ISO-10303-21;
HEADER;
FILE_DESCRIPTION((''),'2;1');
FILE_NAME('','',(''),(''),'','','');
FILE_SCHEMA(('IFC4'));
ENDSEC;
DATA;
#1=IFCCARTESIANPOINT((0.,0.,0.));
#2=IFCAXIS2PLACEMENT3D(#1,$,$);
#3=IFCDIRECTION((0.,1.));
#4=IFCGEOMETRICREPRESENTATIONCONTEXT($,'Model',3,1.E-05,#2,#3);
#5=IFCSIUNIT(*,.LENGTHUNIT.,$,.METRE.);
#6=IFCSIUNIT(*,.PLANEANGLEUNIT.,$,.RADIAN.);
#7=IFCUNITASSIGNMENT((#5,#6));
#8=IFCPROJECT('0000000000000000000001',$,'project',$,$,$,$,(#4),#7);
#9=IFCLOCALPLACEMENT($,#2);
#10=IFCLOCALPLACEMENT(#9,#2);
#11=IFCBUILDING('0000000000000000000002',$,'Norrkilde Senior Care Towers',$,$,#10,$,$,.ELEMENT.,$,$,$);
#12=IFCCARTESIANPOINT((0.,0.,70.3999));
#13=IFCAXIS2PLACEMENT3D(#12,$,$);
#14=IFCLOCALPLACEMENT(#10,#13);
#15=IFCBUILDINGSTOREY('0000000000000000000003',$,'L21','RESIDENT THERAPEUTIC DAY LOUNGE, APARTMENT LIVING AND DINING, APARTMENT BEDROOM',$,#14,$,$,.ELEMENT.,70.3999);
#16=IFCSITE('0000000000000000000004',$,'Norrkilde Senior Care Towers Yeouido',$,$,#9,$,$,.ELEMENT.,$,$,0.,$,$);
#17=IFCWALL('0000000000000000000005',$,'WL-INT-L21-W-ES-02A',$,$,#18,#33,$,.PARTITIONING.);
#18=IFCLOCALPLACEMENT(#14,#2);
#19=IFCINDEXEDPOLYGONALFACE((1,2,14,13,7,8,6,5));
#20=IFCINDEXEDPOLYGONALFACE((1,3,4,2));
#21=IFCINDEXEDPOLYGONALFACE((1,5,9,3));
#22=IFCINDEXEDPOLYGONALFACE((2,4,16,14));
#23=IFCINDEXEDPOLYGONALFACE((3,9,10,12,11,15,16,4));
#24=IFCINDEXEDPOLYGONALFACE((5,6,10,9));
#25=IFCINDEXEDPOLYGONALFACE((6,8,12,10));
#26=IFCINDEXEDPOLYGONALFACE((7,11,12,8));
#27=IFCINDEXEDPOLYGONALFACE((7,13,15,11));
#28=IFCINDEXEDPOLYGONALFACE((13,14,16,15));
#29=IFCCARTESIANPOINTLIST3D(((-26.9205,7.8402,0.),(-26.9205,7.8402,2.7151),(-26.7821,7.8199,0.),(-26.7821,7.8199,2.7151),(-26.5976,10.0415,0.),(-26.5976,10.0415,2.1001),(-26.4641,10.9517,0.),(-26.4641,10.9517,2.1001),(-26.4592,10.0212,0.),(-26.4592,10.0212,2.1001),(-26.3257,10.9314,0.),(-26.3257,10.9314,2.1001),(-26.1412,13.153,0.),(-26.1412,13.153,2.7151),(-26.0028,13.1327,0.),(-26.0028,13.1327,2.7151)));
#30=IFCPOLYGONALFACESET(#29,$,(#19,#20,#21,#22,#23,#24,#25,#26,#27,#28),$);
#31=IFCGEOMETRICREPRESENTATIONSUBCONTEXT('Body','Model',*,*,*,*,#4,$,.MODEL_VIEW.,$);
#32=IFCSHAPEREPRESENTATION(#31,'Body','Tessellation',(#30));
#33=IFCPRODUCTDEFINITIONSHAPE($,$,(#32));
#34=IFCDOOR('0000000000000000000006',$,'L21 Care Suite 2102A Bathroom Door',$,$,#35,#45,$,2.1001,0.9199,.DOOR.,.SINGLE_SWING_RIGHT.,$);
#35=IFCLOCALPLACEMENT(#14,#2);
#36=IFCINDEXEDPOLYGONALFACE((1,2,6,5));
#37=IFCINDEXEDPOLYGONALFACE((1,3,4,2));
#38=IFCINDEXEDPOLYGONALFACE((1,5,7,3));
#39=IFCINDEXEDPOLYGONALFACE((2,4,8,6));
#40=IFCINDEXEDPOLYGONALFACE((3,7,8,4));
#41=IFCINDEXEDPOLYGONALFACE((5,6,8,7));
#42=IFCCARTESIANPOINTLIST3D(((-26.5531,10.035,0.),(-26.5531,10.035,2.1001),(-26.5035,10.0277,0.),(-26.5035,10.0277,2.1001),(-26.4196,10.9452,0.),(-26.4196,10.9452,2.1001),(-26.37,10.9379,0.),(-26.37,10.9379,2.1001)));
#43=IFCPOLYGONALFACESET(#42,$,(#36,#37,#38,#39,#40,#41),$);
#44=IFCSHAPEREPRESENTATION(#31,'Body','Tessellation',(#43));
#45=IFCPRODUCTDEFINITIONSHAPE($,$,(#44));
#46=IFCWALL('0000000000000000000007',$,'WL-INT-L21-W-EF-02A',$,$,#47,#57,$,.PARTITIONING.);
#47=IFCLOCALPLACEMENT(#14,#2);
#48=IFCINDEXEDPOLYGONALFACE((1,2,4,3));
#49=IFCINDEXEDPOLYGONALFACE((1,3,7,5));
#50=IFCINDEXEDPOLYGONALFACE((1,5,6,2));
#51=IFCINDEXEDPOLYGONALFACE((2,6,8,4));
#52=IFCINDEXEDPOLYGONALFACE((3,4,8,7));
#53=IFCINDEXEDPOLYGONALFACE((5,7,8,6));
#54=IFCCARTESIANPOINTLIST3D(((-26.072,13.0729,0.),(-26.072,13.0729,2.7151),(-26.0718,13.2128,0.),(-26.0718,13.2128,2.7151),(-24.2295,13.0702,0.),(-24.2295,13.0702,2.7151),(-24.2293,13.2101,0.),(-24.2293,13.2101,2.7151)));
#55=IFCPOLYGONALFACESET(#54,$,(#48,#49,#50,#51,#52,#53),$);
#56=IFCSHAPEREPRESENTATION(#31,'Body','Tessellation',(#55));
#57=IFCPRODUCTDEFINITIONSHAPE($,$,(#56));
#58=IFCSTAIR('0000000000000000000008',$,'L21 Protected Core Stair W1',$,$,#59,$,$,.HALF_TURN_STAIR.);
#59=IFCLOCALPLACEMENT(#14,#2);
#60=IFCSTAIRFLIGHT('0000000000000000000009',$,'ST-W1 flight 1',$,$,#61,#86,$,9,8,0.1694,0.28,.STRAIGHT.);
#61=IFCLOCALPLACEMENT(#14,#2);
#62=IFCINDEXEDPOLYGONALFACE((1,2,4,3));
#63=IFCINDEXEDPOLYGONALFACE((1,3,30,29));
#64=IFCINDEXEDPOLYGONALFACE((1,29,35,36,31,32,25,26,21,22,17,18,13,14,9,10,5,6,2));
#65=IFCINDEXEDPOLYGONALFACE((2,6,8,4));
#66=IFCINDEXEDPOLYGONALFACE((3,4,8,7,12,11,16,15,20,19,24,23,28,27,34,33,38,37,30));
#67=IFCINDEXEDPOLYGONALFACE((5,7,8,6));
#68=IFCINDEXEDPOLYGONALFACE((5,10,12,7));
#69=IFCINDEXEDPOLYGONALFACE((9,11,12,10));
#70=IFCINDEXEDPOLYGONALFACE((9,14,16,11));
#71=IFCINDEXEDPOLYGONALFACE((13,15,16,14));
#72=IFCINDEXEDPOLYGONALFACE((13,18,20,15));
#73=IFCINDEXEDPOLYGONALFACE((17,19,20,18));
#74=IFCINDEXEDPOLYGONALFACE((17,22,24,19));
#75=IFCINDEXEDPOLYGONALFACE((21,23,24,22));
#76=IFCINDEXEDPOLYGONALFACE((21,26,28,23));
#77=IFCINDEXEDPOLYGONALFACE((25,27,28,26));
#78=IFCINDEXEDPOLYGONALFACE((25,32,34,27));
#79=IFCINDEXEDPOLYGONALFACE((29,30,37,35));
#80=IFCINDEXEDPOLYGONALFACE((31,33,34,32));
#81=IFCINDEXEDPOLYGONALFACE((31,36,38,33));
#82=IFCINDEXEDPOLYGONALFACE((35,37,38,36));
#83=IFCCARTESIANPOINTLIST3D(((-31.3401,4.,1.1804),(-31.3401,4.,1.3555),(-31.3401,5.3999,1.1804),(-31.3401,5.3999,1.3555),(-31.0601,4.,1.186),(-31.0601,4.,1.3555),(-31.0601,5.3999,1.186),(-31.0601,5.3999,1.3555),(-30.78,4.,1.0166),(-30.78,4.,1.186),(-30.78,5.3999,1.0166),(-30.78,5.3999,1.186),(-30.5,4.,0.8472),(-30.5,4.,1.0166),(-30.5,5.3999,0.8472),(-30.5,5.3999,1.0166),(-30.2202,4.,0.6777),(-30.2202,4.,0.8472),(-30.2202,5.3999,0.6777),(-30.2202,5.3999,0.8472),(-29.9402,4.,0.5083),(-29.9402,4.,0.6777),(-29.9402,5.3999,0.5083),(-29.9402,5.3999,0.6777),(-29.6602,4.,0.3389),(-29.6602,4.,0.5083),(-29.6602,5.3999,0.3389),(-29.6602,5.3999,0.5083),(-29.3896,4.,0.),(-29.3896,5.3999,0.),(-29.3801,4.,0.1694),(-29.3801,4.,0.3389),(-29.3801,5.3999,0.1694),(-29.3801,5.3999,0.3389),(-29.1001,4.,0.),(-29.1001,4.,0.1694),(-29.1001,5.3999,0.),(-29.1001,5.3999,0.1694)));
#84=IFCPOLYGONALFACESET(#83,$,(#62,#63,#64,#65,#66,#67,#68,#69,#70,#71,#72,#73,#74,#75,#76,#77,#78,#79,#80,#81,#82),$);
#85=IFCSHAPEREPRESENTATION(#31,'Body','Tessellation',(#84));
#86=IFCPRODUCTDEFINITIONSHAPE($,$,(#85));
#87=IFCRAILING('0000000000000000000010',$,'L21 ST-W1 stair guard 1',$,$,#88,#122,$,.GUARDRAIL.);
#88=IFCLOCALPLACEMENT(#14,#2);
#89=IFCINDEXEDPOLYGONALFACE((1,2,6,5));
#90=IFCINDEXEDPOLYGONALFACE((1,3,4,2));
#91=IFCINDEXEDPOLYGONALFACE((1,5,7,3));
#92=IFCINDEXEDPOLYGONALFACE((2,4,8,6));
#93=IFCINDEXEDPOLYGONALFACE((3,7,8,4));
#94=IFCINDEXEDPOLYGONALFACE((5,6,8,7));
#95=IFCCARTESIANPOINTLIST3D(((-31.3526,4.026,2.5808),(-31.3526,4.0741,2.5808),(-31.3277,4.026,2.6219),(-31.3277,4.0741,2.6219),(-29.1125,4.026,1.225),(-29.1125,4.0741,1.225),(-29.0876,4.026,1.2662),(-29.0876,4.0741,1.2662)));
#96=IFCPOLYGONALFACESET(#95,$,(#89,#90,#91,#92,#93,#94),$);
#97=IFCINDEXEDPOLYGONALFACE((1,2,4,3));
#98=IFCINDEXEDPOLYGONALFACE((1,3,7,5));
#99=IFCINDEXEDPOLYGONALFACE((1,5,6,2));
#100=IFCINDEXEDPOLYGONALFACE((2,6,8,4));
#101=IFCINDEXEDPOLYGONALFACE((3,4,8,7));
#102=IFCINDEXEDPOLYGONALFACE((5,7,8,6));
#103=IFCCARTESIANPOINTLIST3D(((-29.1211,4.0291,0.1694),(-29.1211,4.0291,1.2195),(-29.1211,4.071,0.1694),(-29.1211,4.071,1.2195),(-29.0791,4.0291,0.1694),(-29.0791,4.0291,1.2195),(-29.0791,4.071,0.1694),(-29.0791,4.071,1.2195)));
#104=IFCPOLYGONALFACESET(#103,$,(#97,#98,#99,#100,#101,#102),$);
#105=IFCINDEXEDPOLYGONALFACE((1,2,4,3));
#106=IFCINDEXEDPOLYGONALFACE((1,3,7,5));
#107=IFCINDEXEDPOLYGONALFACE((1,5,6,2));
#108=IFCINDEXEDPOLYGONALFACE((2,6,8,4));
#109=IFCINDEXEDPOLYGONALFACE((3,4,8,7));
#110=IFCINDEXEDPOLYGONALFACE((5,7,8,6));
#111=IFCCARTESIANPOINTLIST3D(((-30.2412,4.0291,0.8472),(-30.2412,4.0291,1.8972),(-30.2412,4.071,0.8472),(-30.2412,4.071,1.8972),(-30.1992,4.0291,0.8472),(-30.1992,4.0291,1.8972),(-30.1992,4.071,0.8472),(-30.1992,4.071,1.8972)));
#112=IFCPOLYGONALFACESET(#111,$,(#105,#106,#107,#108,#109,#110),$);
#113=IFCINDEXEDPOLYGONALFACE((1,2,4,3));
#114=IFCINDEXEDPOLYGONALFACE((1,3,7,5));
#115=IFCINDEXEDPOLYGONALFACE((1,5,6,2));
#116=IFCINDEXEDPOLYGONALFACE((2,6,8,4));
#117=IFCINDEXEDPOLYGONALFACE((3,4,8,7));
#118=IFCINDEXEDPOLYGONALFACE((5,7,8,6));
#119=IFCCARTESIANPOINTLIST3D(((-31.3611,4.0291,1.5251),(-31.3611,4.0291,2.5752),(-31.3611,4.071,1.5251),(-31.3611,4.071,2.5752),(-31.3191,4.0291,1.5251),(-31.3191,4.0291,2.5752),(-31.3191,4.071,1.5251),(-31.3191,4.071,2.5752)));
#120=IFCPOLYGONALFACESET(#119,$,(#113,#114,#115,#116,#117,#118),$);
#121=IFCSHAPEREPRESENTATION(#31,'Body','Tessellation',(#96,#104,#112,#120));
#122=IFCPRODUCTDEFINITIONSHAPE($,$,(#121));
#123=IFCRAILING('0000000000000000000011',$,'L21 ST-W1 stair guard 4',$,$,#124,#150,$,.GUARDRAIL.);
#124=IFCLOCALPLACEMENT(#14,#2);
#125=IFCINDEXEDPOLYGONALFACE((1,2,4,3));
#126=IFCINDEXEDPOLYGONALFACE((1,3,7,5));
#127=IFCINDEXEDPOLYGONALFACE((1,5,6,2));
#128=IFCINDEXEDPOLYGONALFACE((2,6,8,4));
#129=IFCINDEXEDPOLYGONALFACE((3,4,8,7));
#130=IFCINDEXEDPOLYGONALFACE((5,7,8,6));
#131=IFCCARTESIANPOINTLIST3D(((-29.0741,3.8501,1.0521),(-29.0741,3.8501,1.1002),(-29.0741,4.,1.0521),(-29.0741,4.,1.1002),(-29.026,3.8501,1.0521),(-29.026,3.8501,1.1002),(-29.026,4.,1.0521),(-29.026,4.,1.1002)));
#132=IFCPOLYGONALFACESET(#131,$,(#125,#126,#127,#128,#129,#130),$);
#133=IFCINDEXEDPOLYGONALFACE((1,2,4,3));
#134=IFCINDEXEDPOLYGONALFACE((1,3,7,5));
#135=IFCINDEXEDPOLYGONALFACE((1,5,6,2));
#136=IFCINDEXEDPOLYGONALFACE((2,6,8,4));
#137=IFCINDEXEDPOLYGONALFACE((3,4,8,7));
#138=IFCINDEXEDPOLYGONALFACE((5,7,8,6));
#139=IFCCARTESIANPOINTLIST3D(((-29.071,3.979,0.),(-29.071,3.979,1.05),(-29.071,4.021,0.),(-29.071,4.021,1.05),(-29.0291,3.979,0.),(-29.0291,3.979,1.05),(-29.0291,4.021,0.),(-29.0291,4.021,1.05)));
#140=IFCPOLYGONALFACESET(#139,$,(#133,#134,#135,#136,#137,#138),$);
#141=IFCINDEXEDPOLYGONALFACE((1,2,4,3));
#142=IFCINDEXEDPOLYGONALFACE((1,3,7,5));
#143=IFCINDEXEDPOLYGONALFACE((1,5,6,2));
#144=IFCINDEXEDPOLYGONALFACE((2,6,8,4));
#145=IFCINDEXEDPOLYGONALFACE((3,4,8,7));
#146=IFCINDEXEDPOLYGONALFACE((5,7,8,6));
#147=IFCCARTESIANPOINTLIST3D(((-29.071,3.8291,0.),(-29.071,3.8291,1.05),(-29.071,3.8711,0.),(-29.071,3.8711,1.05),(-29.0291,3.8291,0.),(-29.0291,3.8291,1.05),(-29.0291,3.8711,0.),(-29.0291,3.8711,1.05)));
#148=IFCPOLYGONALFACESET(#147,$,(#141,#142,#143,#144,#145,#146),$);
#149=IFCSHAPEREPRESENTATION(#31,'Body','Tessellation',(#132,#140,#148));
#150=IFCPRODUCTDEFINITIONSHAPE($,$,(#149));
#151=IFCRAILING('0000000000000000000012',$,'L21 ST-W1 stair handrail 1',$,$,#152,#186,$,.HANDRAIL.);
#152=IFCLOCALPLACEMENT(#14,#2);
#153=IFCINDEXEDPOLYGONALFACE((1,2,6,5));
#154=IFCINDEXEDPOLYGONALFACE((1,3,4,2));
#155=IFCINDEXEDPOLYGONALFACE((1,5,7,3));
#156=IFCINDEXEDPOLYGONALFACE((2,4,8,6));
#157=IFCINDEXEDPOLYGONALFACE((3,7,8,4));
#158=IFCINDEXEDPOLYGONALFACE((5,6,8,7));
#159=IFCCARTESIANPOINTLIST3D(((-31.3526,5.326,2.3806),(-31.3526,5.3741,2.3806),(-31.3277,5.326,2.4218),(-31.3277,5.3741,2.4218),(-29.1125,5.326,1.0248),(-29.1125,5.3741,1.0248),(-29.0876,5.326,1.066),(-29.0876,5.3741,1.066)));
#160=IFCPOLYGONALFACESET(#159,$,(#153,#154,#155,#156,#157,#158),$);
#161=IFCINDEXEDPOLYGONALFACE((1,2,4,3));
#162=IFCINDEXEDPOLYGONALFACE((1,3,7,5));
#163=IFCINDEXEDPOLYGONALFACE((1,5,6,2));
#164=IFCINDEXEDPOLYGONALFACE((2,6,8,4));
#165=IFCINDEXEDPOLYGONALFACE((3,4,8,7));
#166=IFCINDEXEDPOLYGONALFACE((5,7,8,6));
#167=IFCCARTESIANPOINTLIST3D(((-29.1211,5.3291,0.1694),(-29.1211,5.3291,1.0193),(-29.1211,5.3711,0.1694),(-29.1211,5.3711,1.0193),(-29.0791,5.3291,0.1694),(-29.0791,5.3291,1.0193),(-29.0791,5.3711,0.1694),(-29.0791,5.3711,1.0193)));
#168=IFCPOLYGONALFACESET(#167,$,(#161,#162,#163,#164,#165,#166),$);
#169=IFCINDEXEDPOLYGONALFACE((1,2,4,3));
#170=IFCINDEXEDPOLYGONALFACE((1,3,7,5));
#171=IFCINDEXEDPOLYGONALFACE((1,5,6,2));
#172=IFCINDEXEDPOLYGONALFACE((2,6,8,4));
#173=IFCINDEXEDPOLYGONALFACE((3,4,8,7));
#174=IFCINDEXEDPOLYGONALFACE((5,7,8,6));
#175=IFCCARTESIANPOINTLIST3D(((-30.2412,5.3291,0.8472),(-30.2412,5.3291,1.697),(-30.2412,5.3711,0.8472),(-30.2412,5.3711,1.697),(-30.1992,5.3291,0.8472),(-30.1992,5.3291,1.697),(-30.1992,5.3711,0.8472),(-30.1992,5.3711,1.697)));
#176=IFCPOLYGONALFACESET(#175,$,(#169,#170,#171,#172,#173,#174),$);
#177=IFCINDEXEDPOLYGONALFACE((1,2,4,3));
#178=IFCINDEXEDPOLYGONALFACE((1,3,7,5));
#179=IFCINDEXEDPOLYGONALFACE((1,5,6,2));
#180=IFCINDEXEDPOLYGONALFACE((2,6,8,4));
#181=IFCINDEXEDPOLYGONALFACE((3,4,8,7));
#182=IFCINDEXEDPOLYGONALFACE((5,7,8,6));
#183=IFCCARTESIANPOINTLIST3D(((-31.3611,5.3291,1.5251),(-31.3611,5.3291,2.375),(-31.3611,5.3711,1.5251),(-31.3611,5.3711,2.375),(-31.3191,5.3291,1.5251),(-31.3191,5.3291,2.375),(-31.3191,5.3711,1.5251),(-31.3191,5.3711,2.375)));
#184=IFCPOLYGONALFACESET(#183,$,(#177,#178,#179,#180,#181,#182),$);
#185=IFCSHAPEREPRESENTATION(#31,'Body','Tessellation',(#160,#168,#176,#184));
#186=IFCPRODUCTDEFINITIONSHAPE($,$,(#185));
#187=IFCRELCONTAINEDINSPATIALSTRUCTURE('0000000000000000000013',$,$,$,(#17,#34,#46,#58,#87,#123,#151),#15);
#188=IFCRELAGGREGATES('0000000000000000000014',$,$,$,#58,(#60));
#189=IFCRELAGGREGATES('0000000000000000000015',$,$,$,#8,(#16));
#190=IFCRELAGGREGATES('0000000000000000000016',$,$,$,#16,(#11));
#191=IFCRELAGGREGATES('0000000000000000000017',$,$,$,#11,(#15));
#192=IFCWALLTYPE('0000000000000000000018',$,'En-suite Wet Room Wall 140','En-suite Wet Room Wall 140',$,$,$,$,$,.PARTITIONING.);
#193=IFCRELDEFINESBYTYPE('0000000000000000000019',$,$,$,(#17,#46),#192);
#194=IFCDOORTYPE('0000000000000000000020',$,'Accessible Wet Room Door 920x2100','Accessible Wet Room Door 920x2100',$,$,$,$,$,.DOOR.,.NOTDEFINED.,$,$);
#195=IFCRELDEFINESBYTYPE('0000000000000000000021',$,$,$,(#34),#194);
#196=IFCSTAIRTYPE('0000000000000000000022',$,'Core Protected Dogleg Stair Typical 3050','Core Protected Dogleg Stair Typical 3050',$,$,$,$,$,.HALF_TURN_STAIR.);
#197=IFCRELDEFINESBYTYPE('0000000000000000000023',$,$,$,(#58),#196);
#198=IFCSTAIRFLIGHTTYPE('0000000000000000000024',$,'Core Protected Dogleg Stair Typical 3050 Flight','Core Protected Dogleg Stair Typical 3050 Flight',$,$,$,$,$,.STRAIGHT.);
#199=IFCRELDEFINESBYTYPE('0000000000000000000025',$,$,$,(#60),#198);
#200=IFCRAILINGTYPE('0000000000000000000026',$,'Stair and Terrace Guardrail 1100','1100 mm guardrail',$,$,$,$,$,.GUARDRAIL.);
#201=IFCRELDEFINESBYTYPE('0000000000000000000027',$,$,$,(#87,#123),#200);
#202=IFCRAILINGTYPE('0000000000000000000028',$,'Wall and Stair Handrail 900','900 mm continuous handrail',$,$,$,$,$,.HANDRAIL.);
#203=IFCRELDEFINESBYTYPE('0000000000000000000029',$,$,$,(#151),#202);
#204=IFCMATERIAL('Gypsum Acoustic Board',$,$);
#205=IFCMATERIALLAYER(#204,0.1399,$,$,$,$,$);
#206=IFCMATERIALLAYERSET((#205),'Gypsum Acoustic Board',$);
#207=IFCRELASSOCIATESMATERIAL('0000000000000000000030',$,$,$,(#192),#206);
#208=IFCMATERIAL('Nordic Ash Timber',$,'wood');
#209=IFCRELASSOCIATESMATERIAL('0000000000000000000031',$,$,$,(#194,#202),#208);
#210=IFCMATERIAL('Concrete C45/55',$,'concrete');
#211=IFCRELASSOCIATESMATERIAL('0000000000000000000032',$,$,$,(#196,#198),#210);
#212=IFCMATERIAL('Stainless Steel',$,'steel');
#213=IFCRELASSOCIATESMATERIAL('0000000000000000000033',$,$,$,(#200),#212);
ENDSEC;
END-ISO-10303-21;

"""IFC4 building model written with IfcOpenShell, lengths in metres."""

from ifc_helpers import new_model, si_unit, direction, frame, frame_2d, origin, origin_2d, place, context, subcontext, project, spatial, polyline, rectangle, outline, extrude, source, transform, mapped, material, layer, layer_set, type_object, type_shapes, element, fill, aggregate, save


model = new_model("IFC4")

# Units and contexts
model_context = context("Model", 3, precision=1e-05, world=origin(), true_north=direction((0.0, 1.0)))
body_context = subcontext(model_context, "Body", "Model", "MODEL_VIEW")
ifc_project = project(units=[si_unit("LENGTHUNIT", "METRE"), si_unit("PLANEANGLEUNIT", "RADIAN")], contexts=[model_context])

# Site, building, storey
site_placement = place(None, origin())
site = spatial("IfcSite", under=ifc_project, at=site_placement, Name="Norrkilde Senior Care Towers Yeouido", CompositionType="ELEMENT", RefElevation=0.0)
building_placement = place(site_placement, origin())
building = spatial("IfcBuilding", under=site, at=building_placement, Name="Norrkilde Senior Care Towers", CompositionType="ELEMENT")
storey_placement = place(building_placement, frame((0.0, 0.0, 70.3999)))
storey = spatial("IfcBuildingStorey", under=building, at=storey_placement, Name="L21", Description="RESIDENT THERAPEUTIC DAY LOUNGE, APARTMENT LIVING AND DINING, APARTMENT BEDROOM", CompositionType="ELEMENT", Elevation=70.3999)

# Shared definitions
ifc_material_1 = material(Name="Concrete C45/55", Category="concrete")

# Shared definitions
ifc_material_2 = material(Name="Stainless Steel", Category="steel")

# Shared definitions
ifc_material_3 = material(Name="Gypsum Acoustic Board")

# Shared definitions
ifc_layer_1 = layer(ifc_material_3, 0.1399)
ifc_layer_set_1 = layer_set([ifc_layer_1], Name="Gypsum Acoustic Board")
wall_type_1 = type_object("IfcWallType", Name="En-suite Wet Room Wall 140", Description="En-suite Wet Room Wall 140", PredefinedType="PARTITIONING", material=ifc_layer_set_1)
ifc_material_4 = material(Name="Nordic Ash Timber", Category="wood")
door_type_1 = type_object("IfcDoorType", Name="Accessible Wet Room Door 920x2100", Description="Accessible Wet Room Door 920x2100", OperationType="NOTDEFINED", PredefinedType="DOOR", material=ifc_material_4)
shared_shape_1 = source(origin(), body_context, "Body", "SweptSolid", [
    extrude(rectangle(XDim=0.9199, YDim=2.1001, at=frame_2d((0.46, 1.05))), frame((0.0, 0.0249, 0.0), z_axis=(0.0, -1.0, 0.0), x_axis=(1.0, 0.0, 0.0)), (0.0, 0.0, 1.0), 0.05),
])
type_shapes(door_type_1, [shared_shape_1])

# Wall, opening, door
shared_shape_2 = source(origin(), body_context, "Body", "SweptSolid", [
    extrude(rectangle(XDim=5.3696, YDim=0.1399, at=frame_2d((2.6848, 0.0))), origin(), (0.0, 0.0, 1.0), 2.7151),
])
wall_1_placement = place(storey_placement, frame((-26.8513, 7.8301, 0.0), z_axis=(0.0, 0.0, 1.0), x_axis=(0.145131, 0.989412, 0.0)))
wall_1 = element("IfcWall", 1, at=wall_1_placement, inside=storey, type_object=wall_type_1, Name="WL-INT-L21-W-ES-02A", PredefinedType="PARTITIONING", context=body_context, shape_type="MappedRepresentation", body=[
    mapped(shared_shape_2, transform((0.0, 0.0, 0.0), x_axis=(1.0, 0.0, 0.0), y_axis=(0.0, 1.0, 0.0), z_axis=(0.0, 0.0, 1.0), scale=1.0)),
])
opening_1_placement = place(wall_1_placement, frame((2.2249, 0.0, 0.0)))
opening_1 = element("IfcOpeningElement", 2, at=opening_1_placement, cuts=wall_1, PredefinedType="OPENING", context=body_context, shape_type="SweptSolid", body=[
    extrude(rectangle(XDim=0.9199, YDim=2.1001, at=frame_2d((0.46, 1.05))), frame((0.0, 0.0798, 0.0), z_axis=(0.0, -1.0, 0.0), x_axis=(1.0, 0.0, 0.0)), (0.0, 0.0, 1.0), 0.1599),
])
door_1_placement = place(opening_1_placement, origin())
door_1 = element("IfcDoor", 3, at=door_1_placement, inside=storey, type_object=door_type_1, Name="L21 Care Suite 2102A Bathroom Door", OperationType="SINGLE_SWING_RIGHT", OverallHeight=2.1001, OverallWidth=0.9199, PredefinedType="DOOR", context=body_context, shape_type="MappedRepresentation", body=[
    mapped(shared_shape_1, transform((0.0, 0.0, 0.0), x_axis=(1.0, 0.0, 0.0), y_axis=(0.0, 1.0, 0.0), z_axis=(0.0, 0.0, 1.0), scale=1.0)),
])
fill(opening_1, door_1)

# Wall
shared_shape_3 = source(origin(), body_context, "Body", "SweptSolid", [
    extrude(rectangle(XDim=1.8425, YDim=0.1399, at=frame_2d((0.9214, 0.0))), origin(), (0.0, 0.0, 1.0), 2.7151),
])
wall_2_placement = place(storey_placement, frame((-26.072, 13.1428, 0.0), z_axis=(0.0, 0.0, 1.0), x_axis=(0.999999, -0.001458, 0.0)))
element("IfcWall", 4, at=wall_2_placement, inside=storey, type_object=wall_type_1, Name="WL-INT-L21-W-EF-02A", PredefinedType="PARTITIONING", context=body_context, shape_type="MappedRepresentation", body=[
    mapped(shared_shape_3, transform((0.0, 0.0, 0.0), x_axis=(1.0, 0.0, 0.0), y_axis=(0.0, 1.0, 0.0), z_axis=(0.0, 0.0, 1.0), scale=1.0)),
])

# Stair, stair flight
stair_type = type_object("IfcStairType", Name="Core Protected Dogleg Stair Typical 3050", Description="Core Protected Dogleg Stair Typical 3050", PredefinedType="HALF_TURN_STAIR", material=ifc_material_1)
stair_placement = place(storey_placement, origin())
stair = element("IfcStair", 5, at=stair_placement, inside=storey, type_object=stair_type, Name="L21 Protected Core Stair W1", PredefinedType="HALF_TURN_STAIR")
stair_flight_type = type_object("IfcStairFlightType", Name="Core Protected Dogleg Stair Typical 3050 Flight", Description="Core Protected Dogleg Stair Typical 3050 Flight", PredefinedType="STRAIGHT", material=ifc_material_1)
stair_flight_placement = place(storey_placement, frame((-29.1001, 4.7, 0.0), z_axis=(0.0, 0.0, 1.0), x_axis=(-1.0, 0.0, 0.0)))
stair_flight = element("IfcStairFlight", 6, at=stair_flight_placement, type_object=stair_flight_type, Name="ST-W1 flight 1", NumberOfRisers=9, NumberOfTreads=8, PredefinedType="STRAIGHT", RiserHeight=0.1694, TreadLength=0.28, context=body_context, shape_type="SweptSolid", body=[
    extrude(outline(polyline([(0.0, 0.0), (0.0, 0.1694), (0.28, 0.1694), (0.28, 0.3389), (0.5601, 0.3389), (0.5601, 0.5083), (0.8401, 0.5083), (0.8401, 0.6777), (1.1201, 0.6777), (1.1201, 0.8472), (1.3999, 0.8472), (1.3999, 1.0166), (1.6799, 1.0166), (1.6799, 1.186), (1.96, 1.186), (1.96, 1.3555), (2.24, 1.3555), (2.24, 1.5249), (2.24, 1.1804), (0.2896, 0.0), (0.0, 0.0)])), frame((0.0, 0.7, 0.0), z_axis=(0.0, -1.0, 0.0), x_axis=(1.0, 0.0, 0.0)), (0.0, 0.0, 1.0), 1.3999),
])
aggregate(stair, [stair_flight])

# Railings
railing_type_1 = type_object("IfcRailingType", Name="Stair and Terrace Guardrail 1100", Description="1100 mm guardrail", PredefinedType="GUARDRAIL", material=ifc_material_2)
railing_1_placement = place(storey_placement, frame((-29.1001, 4.05, 0.1694)))
element("IfcRailing", 7, at=railing_1_placement, inside=storey, type_object=railing_type_1, Name="L21 ST-W1 stair guard 1", PredefinedType="GUARDRAIL", context=body_context, shape_type="SweptSolid", body=[
    extrude(rectangle(XDim=0.0481, YDim=0.0481, at=origin_2d()), frame((0.0, 0.0, 1.0762), z_axis=(-0.855512, 0.0, 0.517783), x_axis=(0.0, -1.0, 0.0)), (0.0, 0.0, 1.0), 2.6184),
    extrude(rectangle(XDim=0.042, YDim=0.042, at=origin_2d()), origin(), (0.0, 0.0, 1.0), 1.05),
    extrude(rectangle(XDim=0.042, YDim=0.042, at=origin_2d()), frame((-1.1201, 0.0, 0.6777)), (0.0, 0.0, 1.0), 1.05),
    extrude(rectangle(XDim=0.042, YDim=0.042, at=origin_2d()), frame((-2.24, 0.0, 1.3557)), (0.0, 0.0, 1.0), 1.05),
])
railing_2_placement = place(storey_placement, frame((-29.05, 4.0, 0.0)))
element("IfcRailing", 8, at=railing_2_placement, inside=storey, type_object=railing_type_1, Name="L21 ST-W1 stair guard 4", PredefinedType="GUARDRAIL", context=body_context, shape_type="SweptSolid", body=[
    extrude(rectangle(XDim=0.0481, YDim=0.0481, at=origin_2d()), frame((0.0, 0.0, 1.0762), z_axis=(0.0, -1.0, 0.0), x_axis=(1.0, 0.0, 0.0)), (0.0, 0.0, 1.0), 0.1499),
    extrude(rectangle(XDim=0.042, YDim=0.042, at=origin_2d()), origin(), (0.0, 0.0, 1.0), 1.05),
    extrude(rectangle(XDim=0.042, YDim=0.042, at=origin_2d()), frame((0.0, -0.1499, 0.0)), (0.0, 0.0, 1.0), 1.05),
])
railing_type_2 = type_object("IfcRailingType", Name="Wall and Stair Handrail 900", Description="900 mm continuous handrail", PredefinedType="HANDRAIL", material=ifc_material_4)
railing_3_placement = place(storey_placement, frame((-29.1001, 5.3501, 0.1694)))
element("IfcRailing", 9, at=railing_3_placement, inside=storey, type_object=railing_type_2, Name="L21 ST-W1 stair handrail 1", PredefinedType="HANDRAIL", context=body_context, shape_type="SweptSolid", body=[
    extrude(rectangle(XDim=0.0481, YDim=0.0481, at=origin_2d()), frame((0.0, 0.0, 0.876), z_axis=(-0.855512, 0.0, 0.517783), x_axis=(0.0, -1.0, 0.0)), (0.0, 0.0, 1.0), 2.6184),
    extrude(rectangle(XDim=0.042, YDim=0.042, at=origin_2d()), origin(), (0.0, 0.0, 1.0), 0.8499),
    extrude(rectangle(XDim=0.042, YDim=0.042, at=origin_2d()), frame((-1.1201, 0.0, 0.6777)), (0.0, 0.0, 1.0), 0.8499),
    extrude(rectangle(XDim=0.042, YDim=0.042, at=origin_2d()), frame((-2.24, 0.0, 1.3557)), (0.0, 0.0, 1.0), 0.8499),
])

save(model, "model.ifc")
